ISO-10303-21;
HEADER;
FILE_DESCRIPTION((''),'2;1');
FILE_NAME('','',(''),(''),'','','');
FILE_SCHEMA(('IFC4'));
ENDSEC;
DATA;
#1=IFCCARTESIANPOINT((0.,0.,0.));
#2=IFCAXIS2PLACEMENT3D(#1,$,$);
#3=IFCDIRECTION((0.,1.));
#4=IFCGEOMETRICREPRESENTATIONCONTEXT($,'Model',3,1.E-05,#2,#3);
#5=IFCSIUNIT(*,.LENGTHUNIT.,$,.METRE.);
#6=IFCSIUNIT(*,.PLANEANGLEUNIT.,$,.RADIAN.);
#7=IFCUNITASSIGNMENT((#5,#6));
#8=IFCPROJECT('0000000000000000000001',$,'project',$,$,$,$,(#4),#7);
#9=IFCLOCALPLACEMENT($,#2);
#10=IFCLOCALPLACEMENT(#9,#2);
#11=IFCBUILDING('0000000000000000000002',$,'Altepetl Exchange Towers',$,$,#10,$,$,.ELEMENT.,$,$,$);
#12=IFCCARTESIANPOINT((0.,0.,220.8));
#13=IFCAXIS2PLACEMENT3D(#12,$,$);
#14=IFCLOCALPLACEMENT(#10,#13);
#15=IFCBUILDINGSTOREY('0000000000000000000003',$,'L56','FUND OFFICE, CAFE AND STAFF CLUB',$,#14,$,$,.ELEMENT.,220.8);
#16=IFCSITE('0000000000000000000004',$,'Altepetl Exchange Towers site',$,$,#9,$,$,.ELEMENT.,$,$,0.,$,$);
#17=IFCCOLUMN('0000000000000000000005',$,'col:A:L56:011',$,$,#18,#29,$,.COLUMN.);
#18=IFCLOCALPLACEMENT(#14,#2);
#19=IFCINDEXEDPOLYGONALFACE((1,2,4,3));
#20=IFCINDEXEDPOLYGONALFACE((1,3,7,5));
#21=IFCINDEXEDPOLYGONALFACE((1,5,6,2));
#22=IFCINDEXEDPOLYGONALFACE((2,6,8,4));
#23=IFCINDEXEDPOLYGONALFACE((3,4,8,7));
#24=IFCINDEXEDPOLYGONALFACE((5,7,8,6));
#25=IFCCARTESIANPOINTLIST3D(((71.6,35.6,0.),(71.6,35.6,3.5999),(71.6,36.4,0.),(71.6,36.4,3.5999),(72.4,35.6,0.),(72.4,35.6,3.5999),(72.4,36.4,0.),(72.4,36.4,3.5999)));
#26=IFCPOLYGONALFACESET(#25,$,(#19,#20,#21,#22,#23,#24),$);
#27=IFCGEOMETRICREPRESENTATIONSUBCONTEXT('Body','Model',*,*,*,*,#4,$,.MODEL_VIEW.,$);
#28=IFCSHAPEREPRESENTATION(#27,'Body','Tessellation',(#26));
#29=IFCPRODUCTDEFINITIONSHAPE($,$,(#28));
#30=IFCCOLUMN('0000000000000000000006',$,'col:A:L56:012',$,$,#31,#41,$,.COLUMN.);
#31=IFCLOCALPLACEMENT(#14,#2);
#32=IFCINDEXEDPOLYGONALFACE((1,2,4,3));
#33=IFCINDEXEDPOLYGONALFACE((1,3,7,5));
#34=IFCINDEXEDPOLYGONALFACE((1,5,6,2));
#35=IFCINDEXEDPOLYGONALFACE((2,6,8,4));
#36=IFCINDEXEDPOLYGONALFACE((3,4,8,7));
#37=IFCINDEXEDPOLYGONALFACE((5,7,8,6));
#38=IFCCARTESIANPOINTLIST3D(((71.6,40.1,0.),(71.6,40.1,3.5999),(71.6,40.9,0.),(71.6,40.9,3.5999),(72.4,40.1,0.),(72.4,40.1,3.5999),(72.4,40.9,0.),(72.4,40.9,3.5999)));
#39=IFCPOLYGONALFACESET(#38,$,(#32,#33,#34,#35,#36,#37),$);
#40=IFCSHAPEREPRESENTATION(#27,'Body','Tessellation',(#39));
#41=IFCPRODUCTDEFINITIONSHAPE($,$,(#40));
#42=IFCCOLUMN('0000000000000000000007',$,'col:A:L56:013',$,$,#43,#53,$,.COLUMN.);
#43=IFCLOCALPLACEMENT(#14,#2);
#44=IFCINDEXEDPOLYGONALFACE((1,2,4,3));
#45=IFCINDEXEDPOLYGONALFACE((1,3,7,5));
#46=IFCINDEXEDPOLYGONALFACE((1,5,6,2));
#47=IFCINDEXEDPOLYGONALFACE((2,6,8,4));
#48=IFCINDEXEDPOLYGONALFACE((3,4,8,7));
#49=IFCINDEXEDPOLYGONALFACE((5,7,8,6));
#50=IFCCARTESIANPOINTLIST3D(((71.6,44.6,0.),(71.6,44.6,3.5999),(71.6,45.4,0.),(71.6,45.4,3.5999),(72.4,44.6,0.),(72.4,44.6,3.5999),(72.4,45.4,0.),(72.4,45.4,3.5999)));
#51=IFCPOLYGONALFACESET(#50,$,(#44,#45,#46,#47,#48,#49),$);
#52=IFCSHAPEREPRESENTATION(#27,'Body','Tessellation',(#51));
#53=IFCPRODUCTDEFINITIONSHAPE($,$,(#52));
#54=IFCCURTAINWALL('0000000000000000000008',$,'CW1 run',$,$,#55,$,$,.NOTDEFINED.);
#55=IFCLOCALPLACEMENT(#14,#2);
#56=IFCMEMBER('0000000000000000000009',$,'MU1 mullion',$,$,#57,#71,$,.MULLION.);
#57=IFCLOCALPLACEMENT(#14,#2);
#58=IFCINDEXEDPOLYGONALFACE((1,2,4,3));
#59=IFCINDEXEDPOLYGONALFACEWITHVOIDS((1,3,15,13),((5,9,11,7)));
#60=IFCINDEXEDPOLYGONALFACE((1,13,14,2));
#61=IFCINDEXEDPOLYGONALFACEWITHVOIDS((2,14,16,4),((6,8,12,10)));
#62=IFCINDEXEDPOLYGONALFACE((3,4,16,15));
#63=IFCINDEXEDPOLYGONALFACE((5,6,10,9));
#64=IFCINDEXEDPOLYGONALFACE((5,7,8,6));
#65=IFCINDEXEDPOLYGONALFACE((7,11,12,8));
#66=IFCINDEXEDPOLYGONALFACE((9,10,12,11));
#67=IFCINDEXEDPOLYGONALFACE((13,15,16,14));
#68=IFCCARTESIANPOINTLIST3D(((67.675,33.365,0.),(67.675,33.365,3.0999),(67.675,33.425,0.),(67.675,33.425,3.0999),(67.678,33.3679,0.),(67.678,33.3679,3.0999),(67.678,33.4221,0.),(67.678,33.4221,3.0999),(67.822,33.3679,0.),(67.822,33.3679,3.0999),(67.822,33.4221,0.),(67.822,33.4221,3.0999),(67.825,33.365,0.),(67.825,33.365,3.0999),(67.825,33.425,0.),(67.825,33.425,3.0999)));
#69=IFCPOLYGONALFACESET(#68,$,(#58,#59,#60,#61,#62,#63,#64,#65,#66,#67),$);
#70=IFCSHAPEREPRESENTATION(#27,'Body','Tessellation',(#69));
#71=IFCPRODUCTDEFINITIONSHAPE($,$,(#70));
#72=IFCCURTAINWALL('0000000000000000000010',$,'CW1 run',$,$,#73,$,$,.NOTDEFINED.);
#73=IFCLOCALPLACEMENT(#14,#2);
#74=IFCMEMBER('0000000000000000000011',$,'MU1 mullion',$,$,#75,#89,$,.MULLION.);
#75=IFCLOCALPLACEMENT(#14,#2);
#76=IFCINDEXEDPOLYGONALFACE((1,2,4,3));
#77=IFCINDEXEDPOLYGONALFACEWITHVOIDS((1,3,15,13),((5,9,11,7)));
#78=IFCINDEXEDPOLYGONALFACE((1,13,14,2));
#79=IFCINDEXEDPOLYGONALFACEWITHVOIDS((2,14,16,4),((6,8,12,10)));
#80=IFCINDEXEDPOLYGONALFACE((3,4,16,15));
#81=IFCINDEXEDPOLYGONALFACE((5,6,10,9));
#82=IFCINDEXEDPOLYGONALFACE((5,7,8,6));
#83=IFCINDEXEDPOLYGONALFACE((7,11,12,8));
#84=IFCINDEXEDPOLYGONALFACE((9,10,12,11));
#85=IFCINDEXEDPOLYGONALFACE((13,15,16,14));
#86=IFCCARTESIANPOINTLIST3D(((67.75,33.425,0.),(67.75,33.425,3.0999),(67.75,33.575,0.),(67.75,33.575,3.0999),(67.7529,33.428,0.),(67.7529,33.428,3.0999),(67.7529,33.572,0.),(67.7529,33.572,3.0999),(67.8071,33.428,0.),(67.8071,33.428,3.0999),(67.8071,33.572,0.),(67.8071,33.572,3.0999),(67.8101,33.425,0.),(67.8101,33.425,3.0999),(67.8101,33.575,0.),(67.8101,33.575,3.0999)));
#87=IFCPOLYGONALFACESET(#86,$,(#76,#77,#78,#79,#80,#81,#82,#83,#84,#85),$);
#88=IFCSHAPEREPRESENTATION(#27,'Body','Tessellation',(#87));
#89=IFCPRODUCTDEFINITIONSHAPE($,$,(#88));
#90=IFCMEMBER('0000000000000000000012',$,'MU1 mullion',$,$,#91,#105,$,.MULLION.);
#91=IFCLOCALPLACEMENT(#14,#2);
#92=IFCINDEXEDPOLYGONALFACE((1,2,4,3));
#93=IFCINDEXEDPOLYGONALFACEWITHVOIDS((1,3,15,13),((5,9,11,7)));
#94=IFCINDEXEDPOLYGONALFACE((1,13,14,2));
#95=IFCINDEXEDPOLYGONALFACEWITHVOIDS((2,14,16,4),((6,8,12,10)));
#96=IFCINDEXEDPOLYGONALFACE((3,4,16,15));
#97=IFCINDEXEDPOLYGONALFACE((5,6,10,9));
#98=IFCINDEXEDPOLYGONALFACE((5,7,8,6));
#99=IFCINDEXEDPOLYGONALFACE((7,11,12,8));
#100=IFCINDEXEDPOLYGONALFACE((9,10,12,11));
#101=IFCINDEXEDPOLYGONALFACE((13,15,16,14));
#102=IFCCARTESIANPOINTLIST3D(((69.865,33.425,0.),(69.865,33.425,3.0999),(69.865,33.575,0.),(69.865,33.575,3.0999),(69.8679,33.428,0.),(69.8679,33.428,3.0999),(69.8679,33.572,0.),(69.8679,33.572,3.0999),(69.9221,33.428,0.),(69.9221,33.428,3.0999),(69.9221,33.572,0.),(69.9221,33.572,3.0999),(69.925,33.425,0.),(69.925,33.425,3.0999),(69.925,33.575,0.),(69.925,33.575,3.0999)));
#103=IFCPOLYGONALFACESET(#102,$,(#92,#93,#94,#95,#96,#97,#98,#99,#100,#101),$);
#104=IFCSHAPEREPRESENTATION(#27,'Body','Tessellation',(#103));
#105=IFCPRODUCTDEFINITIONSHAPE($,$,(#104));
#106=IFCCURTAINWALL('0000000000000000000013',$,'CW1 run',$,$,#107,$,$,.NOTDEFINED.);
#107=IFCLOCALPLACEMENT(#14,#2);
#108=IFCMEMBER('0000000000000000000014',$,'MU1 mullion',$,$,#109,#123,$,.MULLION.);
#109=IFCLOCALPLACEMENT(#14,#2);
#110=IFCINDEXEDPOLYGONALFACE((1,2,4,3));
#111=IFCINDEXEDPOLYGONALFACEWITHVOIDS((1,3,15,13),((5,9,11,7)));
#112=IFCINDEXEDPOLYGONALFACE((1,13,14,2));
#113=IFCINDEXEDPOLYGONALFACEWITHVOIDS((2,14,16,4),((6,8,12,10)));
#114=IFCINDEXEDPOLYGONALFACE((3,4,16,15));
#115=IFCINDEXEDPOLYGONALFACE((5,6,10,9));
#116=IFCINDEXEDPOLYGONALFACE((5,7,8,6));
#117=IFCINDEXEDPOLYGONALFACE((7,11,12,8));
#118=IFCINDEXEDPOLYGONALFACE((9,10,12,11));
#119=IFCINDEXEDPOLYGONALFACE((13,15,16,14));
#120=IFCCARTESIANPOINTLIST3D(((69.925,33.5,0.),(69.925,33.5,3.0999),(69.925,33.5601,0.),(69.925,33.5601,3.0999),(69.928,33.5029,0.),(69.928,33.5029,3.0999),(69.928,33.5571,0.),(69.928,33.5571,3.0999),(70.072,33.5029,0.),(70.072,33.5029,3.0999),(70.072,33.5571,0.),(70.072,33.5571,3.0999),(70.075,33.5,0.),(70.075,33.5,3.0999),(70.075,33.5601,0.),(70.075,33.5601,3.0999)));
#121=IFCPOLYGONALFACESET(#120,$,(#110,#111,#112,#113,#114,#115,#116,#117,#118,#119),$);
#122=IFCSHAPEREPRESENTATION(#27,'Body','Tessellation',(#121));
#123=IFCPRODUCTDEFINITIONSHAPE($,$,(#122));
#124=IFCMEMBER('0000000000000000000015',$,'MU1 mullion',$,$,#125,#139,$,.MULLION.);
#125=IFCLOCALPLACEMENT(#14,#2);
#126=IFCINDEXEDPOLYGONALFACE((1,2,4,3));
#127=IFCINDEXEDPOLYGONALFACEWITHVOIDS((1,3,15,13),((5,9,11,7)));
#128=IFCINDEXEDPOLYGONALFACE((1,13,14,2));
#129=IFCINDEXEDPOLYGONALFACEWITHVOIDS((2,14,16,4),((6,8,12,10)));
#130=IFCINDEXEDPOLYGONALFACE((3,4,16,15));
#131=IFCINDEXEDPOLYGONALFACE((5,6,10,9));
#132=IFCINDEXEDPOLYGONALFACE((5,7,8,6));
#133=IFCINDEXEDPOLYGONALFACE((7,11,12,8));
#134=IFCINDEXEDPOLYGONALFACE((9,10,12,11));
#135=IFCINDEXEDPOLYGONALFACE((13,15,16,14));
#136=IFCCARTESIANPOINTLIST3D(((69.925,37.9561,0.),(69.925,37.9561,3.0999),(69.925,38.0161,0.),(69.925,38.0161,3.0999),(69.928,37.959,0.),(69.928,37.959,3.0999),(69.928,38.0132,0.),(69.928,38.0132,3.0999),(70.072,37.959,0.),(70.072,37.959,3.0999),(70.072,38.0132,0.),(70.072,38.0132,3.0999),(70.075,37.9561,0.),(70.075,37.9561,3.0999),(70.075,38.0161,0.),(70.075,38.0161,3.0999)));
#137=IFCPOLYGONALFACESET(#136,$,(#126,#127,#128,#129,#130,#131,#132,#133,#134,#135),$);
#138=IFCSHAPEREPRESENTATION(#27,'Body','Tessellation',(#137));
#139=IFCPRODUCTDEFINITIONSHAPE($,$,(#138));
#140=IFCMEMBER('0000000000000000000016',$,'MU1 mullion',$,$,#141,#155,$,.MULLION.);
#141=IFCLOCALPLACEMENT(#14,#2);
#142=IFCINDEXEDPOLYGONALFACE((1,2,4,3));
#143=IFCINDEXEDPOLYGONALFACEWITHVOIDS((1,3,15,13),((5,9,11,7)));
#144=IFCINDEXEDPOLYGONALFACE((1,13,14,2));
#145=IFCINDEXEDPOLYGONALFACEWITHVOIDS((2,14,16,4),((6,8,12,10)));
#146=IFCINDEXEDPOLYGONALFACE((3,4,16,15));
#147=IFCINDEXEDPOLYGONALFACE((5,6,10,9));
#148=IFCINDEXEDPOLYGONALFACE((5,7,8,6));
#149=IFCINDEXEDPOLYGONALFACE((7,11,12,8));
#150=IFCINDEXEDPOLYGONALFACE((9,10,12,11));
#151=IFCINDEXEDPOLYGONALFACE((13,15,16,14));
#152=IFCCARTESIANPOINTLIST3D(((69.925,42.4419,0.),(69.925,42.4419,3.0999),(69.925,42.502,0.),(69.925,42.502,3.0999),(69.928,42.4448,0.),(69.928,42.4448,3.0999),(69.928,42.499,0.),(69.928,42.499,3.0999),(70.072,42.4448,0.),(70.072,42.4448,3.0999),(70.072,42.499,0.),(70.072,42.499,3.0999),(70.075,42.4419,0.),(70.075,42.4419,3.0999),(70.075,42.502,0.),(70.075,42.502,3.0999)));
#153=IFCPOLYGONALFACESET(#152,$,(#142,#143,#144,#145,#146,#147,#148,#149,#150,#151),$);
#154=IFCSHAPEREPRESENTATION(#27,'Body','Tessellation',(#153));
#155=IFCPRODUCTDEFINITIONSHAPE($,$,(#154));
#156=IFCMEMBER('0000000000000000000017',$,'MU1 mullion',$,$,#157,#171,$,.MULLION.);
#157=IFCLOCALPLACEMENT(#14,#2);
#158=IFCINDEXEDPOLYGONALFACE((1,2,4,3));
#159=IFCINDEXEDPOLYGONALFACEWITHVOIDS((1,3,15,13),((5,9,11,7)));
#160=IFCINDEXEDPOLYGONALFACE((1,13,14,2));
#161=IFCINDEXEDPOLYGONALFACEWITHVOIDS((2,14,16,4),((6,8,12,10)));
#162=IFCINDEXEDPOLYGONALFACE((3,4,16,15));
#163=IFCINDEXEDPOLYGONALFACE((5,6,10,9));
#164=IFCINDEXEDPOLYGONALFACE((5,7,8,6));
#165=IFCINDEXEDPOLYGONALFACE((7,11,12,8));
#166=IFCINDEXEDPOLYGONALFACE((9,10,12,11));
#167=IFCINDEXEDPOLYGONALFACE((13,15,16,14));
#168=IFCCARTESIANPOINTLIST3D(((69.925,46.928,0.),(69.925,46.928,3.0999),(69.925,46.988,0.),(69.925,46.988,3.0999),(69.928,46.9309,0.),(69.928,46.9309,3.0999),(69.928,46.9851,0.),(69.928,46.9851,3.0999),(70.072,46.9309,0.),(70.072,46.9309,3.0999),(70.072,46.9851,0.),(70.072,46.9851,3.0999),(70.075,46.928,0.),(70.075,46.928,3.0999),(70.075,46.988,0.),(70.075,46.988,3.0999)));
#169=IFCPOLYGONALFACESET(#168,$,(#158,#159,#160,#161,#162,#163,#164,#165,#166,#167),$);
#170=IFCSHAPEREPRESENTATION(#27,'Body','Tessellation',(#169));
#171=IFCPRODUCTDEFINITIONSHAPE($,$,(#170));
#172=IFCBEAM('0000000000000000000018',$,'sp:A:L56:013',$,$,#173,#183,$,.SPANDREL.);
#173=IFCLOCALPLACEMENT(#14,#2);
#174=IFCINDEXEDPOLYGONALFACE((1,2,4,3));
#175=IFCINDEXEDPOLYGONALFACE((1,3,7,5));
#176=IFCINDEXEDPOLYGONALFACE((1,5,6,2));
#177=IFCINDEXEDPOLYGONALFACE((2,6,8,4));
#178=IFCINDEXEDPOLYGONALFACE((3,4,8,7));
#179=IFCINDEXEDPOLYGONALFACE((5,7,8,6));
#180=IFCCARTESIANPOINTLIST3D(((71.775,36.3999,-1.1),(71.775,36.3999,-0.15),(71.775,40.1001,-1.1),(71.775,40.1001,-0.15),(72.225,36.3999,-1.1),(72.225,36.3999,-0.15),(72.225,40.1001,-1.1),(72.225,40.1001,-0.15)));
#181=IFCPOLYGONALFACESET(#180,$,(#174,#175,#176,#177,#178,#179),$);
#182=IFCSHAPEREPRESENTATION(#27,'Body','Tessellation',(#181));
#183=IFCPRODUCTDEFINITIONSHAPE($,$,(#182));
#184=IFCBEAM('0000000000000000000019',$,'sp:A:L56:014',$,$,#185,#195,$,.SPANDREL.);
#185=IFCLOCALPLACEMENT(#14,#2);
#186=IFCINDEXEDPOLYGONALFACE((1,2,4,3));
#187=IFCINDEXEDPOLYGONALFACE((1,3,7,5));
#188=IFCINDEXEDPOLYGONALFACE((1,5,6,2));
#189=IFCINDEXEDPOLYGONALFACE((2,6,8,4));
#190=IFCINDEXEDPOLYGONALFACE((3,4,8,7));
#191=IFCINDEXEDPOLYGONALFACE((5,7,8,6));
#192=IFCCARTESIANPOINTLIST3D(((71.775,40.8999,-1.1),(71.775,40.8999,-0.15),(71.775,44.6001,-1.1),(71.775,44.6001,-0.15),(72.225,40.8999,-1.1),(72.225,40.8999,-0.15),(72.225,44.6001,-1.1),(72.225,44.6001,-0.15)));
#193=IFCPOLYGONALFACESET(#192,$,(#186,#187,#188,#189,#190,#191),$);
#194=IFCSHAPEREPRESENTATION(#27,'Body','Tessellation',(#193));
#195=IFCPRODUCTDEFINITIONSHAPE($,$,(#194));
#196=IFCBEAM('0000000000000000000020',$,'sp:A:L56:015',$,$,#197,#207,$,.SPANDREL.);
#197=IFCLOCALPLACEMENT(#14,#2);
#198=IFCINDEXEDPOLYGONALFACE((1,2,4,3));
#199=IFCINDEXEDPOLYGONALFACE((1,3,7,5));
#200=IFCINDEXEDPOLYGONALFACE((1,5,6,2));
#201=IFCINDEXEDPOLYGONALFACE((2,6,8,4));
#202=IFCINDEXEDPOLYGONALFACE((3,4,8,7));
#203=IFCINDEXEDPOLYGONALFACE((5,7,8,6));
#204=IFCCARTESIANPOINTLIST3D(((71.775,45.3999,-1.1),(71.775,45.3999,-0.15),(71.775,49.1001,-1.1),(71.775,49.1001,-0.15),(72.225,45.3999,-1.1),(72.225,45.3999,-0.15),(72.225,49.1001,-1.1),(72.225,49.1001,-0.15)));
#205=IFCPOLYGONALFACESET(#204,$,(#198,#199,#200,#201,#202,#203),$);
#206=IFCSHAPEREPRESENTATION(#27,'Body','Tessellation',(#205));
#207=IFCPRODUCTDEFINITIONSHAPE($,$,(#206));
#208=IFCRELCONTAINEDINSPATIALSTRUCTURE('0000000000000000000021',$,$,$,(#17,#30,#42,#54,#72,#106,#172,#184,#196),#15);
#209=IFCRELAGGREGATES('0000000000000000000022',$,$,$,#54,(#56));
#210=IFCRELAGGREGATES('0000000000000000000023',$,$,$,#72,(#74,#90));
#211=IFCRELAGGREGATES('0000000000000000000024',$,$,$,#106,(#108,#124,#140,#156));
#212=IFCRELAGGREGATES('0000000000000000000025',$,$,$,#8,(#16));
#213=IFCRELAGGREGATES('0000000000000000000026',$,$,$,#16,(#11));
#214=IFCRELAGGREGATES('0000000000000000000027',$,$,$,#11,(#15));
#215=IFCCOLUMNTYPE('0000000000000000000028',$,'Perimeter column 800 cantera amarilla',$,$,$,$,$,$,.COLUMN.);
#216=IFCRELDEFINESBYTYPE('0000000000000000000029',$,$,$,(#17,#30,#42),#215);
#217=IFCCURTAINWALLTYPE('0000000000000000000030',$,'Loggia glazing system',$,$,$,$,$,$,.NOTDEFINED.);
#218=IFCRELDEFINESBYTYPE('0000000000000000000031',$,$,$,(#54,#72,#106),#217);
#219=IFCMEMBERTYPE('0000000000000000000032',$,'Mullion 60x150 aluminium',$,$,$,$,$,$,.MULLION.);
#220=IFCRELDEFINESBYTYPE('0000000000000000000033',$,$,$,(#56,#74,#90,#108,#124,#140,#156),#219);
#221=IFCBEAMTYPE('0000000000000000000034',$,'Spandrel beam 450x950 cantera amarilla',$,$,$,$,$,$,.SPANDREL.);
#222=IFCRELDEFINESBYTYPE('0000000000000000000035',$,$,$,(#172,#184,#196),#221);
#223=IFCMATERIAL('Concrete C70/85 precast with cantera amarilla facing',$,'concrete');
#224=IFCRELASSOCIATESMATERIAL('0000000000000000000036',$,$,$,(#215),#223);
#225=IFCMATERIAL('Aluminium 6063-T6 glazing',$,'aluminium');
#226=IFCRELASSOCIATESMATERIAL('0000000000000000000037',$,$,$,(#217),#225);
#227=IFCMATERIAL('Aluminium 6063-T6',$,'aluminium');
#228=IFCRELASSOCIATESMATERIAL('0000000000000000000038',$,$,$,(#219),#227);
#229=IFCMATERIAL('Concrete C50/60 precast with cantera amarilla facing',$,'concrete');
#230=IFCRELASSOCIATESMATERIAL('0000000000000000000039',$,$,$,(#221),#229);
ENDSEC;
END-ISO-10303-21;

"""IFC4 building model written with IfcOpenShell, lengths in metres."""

from ifc_helpers import new_model, si_unit, direction, frame, origin, origin_2d, place, context, subcontext, project, spatial, rectangle, hollow_rectangle, extrude, material, material_profile, profile_set, type_object, element, aggregate, save


model = new_model("IFC4")

# Units and contexts
model_context = context("Model", 3, precision=1e-05, world=origin(), true_north=direction((0.0, 1.0)))
body_context = subcontext(model_context, "Body", "Model", "MODEL_VIEW")
ifc_project = project(units=[si_unit("LENGTHUNIT", "METRE"), si_unit("PLANEANGLEUNIT", "RADIAN")], contexts=[model_context])

# Site, building, storey
site_placement = place(None, origin())
site = spatial("IfcSite", under=ifc_project, at=site_placement, Name="Altepetl Exchange Towers site", CompositionType="ELEMENT", RefElevation=0.0)
building_placement = place(site_placement, origin())
building = spatial("IfcBuilding", under=site, at=building_placement, Name="Altepetl Exchange Towers", CompositionType="ELEMENT")
storey_placement = place(building_placement, frame((0.0, 0.0, 220.8)))
storey = spatial("IfcBuildingStorey", under=building, at=storey_placement, Name="L56", Description="FUND OFFICE, CAFE AND STAFF CLUB", CompositionType="ELEMENT", Elevation=220.8)

# Columns
ifc_material_1 = material(Name="Concrete C70/85 precast with cantera amarilla facing", Category="concrete")
ifc_material_profile_1 = material_profile(ifc_material_1, rectangle(XDim=0.8, YDim=0.8, at=origin_2d()), Name="800 x 800")
ifc_profile_set_1 = profile_set([ifc_material_profile_1], Name="Concrete C70/85 precast with cantera amarilla facing")
column_type = type_object("IfcColumnType", Name="Perimeter column 800 cantera amarilla", PredefinedType="COLUMN", material=ifc_profile_set_1)
for number, where, name in (
    (1, (72.0, 36.0, 0.0), "col:A:L56:011"),
    (2, (72.0, 40.5, 0.0), "col:A:L56:012"),
    (3, (72.0, 45.0, 0.0), "col:A:L56:013"),
):
    element("IfcColumn", number, at=place(storey_placement, frame(where)), inside=storey, type_object=column_type, Name=name, PredefinedType="COLUMN", context=body_context, shape_type="SweptSolid", body=[
        extrude(rectangle(XDim=0.8, YDim=0.8, at=origin_2d()), origin(), (0.0, 0.0, 1.0), 3.5999),
    ])

# Curtain wall, member
ifc_material_2 = material(Name="Aluminium 6063-T6 glazing", Category="aluminium")
curtain_wall_type = type_object("IfcCurtainWallType", Name="Loggia glazing system", PredefinedType="NOTDEFINED", material=ifc_material_2)
curtain_wall_1_placement = place(storey_placement, origin())
curtain_wall_1 = element("IfcCurtainWall", 4, at=curtain_wall_1_placement, inside=storey, type_object=curtain_wall_type, Name="CW1 run", PredefinedType="NOTDEFINED")
ifc_material_3 = material(Name="Aluminium 6063-T6", Category="aluminium")
ifc_material_profile_2 = material_profile(ifc_material_3, hollow_rectangle(XDim=0.0601, YDim=0.1499, WallThickness=0.0029, at=origin_2d()), Name="Mullion 60x150 aluminium")
ifc_profile_set_2 = profile_set([ifc_material_profile_2], Name="Aluminium 6063-T6")
member_type = type_object("IfcMemberType", Name="Mullion 60x150 aluminium", PredefinedType="MULLION", material=ifc_profile_set_2)
member_1_placement = place(storey_placement, frame((67.75, 33.395, 0.0), z_axis=(0.0, 0.0, 1.0), x_axis=(0.0, 1.0, 0.0)))
member_1 = element("IfcMember", 5, at=member_1_placement, type_object=member_type, Name="MU1 mullion", PredefinedType="MULLION", context=body_context, shape_type="SweptSolid", body=[
    extrude(hollow_rectangle(XDim=0.0601, YDim=0.1499, WallThickness=0.0029, at=origin_2d()), origin(), (0.0, 0.0, 1.0), 3.0999),
])

# Curtain walls, members
curtain_wall_2_placement = place(storey_placement, origin())
curtain_wall_2 = element("IfcCurtainWall", 6, at=curtain_wall_2_placement, inside=storey, type_object=curtain_wall_type, Name="CW1 run", PredefinedType="NOTDEFINED")
member_2_placement = place(storey_placement, frame((67.78, 33.5, 0.0)))
member_2 = element("IfcMember", 7, at=member_2_placement, type_object=member_type, Name="MU1 mullion", PredefinedType="MULLION", context=body_context, shape_type="SweptSolid", body=[
    extrude(hollow_rectangle(XDim=0.0601, YDim=0.1499, WallThickness=0.0029, at=origin_2d()), origin(), (0.0, 0.0, 1.0), 3.0999),
])
member_3_placement = place(storey_placement, frame((69.895, 33.5, 0.0)))
member_3 = element("IfcMember", 8, at=member_3_placement, type_object=member_type, Name="MU1 mullion", PredefinedType="MULLION", context=body_context, shape_type="SweptSolid", body=[
    extrude(hollow_rectangle(XDim=0.0601, YDim=0.1499, WallThickness=0.0029, at=origin_2d()), origin(), (0.0, 0.0, 1.0), 3.0999),
])
curtain_wall_3_placement = place(storey_placement, origin())
curtain_wall_3 = element("IfcCurtainWall", 9, at=curtain_wall_3_placement, inside=storey, type_object=curtain_wall_type, Name="CW1 run", PredefinedType="NOTDEFINED")
member_4_placement = place(storey_placement, frame((70.0, 33.53, 0.0), z_axis=(0.0, 0.0, 1.0), x_axis=(0.0, 1.0, 0.0)))
member_4 = element("IfcMember", 10, at=member_4_placement, type_object=member_type, Name="MU1 mullion", PredefinedType="MULLION", context=body_context, shape_type="SweptSolid", body=[
    extrude(hollow_rectangle(XDim=0.0601, YDim=0.1499, WallThickness=0.0029, at=origin_2d()), origin(), (0.0, 0.0, 1.0), 3.0999),
])
member_5_placement = place(storey_placement, frame((70.0, 37.9861, 0.0), z_axis=(0.0, 0.0, 1.0), x_axis=(0.0, 1.0, 0.0)))
member_5 = element("IfcMember", 11, at=member_5_placement, type_object=member_type, Name="MU1 mullion", PredefinedType="MULLION", context=body_context, shape_type="SweptSolid", body=[
    extrude(hollow_rectangle(XDim=0.0601, YDim=0.1499, WallThickness=0.0029, at=origin_2d()), origin(), (0.0, 0.0, 1.0), 3.0999),
])
member_6_placement = place(storey_placement, frame((70.0, 42.4719, 0.0), z_axis=(0.0, 0.0, 1.0), x_axis=(0.0, 1.0, 0.0)))
member_6 = element("IfcMember", 12, at=member_6_placement, type_object=member_type, Name="MU1 mullion", PredefinedType="MULLION", context=body_context, shape_type="SweptSolid", body=[
    extrude(hollow_rectangle(XDim=0.0601, YDim=0.1499, WallThickness=0.0029, at=origin_2d()), origin(), (0.0, 0.0, 1.0), 3.0999),
])
member_7_placement = place(storey_placement, frame((70.0, 46.958, 0.0), z_axis=(0.0, 0.0, 1.0), x_axis=(0.0, 1.0, 0.0)))
member_7 = element("IfcMember", 13, at=member_7_placement, type_object=member_type, Name="MU1 mullion", PredefinedType="MULLION", context=body_context, shape_type="SweptSolid", body=[
    extrude(hollow_rectangle(XDim=0.0601, YDim=0.1499, WallThickness=0.0029, at=origin_2d()), origin(), (0.0, 0.0, 1.0), 3.0999),
])

# Beams
ifc_material_4 = material(Name="Concrete C50/60 precast with cantera amarilla facing", Category="concrete")
ifc_material_profile_3 = material_profile(ifc_material_4, rectangle(XDim=0.45, YDim=0.95, at=origin_2d()), Name="450 x 950")
ifc_profile_set_3 = profile_set([ifc_material_profile_3], Name="Concrete C50/60 precast with cantera amarilla facing")
beam_type = type_object("IfcBeamType", Name="Spandrel beam 450x950 cantera amarilla", PredefinedType="SPANDREL", material=ifc_profile_set_3)
for number, where, z_axis, x_axis, name in (
    (14, (72.0, 36.3999, -0.625), (0.0, 1.0, 0.0), (-1.0, 0.0, 0.0), "sp:A:L56:013"),
    (15, (72.0, 40.8999, -0.625), (0.0, 1.0, 0.0), (-1.0, 0.0, 0.0), "sp:A:L56:014"),
    (16, (72.0, 45.3999, -0.625), (0.0, 1.0, 0.0), (-1.0, 0.0, 0.0), "sp:A:L56:015"),
):
    element("IfcBeam", number, at=place(storey_placement, frame(where, z_axis=z_axis, x_axis=x_axis)), inside=storey, type_object=beam_type, Name=name, PredefinedType="SPANDREL", context=body_context, shape_type="SweptSolid", body=[
        extrude(rectangle(XDim=0.45, YDim=0.95, at=origin_2d()), origin(), (0.0, 0.0, 1.0), 3.7002),
    ])

aggregate(curtain_wall_1, [member_1])
aggregate(curtain_wall_2, [member_2, member_3])
aggregate(curtain_wall_3, [member_4, member_5, member_6, member_7])

save(model, "model.ifc")
